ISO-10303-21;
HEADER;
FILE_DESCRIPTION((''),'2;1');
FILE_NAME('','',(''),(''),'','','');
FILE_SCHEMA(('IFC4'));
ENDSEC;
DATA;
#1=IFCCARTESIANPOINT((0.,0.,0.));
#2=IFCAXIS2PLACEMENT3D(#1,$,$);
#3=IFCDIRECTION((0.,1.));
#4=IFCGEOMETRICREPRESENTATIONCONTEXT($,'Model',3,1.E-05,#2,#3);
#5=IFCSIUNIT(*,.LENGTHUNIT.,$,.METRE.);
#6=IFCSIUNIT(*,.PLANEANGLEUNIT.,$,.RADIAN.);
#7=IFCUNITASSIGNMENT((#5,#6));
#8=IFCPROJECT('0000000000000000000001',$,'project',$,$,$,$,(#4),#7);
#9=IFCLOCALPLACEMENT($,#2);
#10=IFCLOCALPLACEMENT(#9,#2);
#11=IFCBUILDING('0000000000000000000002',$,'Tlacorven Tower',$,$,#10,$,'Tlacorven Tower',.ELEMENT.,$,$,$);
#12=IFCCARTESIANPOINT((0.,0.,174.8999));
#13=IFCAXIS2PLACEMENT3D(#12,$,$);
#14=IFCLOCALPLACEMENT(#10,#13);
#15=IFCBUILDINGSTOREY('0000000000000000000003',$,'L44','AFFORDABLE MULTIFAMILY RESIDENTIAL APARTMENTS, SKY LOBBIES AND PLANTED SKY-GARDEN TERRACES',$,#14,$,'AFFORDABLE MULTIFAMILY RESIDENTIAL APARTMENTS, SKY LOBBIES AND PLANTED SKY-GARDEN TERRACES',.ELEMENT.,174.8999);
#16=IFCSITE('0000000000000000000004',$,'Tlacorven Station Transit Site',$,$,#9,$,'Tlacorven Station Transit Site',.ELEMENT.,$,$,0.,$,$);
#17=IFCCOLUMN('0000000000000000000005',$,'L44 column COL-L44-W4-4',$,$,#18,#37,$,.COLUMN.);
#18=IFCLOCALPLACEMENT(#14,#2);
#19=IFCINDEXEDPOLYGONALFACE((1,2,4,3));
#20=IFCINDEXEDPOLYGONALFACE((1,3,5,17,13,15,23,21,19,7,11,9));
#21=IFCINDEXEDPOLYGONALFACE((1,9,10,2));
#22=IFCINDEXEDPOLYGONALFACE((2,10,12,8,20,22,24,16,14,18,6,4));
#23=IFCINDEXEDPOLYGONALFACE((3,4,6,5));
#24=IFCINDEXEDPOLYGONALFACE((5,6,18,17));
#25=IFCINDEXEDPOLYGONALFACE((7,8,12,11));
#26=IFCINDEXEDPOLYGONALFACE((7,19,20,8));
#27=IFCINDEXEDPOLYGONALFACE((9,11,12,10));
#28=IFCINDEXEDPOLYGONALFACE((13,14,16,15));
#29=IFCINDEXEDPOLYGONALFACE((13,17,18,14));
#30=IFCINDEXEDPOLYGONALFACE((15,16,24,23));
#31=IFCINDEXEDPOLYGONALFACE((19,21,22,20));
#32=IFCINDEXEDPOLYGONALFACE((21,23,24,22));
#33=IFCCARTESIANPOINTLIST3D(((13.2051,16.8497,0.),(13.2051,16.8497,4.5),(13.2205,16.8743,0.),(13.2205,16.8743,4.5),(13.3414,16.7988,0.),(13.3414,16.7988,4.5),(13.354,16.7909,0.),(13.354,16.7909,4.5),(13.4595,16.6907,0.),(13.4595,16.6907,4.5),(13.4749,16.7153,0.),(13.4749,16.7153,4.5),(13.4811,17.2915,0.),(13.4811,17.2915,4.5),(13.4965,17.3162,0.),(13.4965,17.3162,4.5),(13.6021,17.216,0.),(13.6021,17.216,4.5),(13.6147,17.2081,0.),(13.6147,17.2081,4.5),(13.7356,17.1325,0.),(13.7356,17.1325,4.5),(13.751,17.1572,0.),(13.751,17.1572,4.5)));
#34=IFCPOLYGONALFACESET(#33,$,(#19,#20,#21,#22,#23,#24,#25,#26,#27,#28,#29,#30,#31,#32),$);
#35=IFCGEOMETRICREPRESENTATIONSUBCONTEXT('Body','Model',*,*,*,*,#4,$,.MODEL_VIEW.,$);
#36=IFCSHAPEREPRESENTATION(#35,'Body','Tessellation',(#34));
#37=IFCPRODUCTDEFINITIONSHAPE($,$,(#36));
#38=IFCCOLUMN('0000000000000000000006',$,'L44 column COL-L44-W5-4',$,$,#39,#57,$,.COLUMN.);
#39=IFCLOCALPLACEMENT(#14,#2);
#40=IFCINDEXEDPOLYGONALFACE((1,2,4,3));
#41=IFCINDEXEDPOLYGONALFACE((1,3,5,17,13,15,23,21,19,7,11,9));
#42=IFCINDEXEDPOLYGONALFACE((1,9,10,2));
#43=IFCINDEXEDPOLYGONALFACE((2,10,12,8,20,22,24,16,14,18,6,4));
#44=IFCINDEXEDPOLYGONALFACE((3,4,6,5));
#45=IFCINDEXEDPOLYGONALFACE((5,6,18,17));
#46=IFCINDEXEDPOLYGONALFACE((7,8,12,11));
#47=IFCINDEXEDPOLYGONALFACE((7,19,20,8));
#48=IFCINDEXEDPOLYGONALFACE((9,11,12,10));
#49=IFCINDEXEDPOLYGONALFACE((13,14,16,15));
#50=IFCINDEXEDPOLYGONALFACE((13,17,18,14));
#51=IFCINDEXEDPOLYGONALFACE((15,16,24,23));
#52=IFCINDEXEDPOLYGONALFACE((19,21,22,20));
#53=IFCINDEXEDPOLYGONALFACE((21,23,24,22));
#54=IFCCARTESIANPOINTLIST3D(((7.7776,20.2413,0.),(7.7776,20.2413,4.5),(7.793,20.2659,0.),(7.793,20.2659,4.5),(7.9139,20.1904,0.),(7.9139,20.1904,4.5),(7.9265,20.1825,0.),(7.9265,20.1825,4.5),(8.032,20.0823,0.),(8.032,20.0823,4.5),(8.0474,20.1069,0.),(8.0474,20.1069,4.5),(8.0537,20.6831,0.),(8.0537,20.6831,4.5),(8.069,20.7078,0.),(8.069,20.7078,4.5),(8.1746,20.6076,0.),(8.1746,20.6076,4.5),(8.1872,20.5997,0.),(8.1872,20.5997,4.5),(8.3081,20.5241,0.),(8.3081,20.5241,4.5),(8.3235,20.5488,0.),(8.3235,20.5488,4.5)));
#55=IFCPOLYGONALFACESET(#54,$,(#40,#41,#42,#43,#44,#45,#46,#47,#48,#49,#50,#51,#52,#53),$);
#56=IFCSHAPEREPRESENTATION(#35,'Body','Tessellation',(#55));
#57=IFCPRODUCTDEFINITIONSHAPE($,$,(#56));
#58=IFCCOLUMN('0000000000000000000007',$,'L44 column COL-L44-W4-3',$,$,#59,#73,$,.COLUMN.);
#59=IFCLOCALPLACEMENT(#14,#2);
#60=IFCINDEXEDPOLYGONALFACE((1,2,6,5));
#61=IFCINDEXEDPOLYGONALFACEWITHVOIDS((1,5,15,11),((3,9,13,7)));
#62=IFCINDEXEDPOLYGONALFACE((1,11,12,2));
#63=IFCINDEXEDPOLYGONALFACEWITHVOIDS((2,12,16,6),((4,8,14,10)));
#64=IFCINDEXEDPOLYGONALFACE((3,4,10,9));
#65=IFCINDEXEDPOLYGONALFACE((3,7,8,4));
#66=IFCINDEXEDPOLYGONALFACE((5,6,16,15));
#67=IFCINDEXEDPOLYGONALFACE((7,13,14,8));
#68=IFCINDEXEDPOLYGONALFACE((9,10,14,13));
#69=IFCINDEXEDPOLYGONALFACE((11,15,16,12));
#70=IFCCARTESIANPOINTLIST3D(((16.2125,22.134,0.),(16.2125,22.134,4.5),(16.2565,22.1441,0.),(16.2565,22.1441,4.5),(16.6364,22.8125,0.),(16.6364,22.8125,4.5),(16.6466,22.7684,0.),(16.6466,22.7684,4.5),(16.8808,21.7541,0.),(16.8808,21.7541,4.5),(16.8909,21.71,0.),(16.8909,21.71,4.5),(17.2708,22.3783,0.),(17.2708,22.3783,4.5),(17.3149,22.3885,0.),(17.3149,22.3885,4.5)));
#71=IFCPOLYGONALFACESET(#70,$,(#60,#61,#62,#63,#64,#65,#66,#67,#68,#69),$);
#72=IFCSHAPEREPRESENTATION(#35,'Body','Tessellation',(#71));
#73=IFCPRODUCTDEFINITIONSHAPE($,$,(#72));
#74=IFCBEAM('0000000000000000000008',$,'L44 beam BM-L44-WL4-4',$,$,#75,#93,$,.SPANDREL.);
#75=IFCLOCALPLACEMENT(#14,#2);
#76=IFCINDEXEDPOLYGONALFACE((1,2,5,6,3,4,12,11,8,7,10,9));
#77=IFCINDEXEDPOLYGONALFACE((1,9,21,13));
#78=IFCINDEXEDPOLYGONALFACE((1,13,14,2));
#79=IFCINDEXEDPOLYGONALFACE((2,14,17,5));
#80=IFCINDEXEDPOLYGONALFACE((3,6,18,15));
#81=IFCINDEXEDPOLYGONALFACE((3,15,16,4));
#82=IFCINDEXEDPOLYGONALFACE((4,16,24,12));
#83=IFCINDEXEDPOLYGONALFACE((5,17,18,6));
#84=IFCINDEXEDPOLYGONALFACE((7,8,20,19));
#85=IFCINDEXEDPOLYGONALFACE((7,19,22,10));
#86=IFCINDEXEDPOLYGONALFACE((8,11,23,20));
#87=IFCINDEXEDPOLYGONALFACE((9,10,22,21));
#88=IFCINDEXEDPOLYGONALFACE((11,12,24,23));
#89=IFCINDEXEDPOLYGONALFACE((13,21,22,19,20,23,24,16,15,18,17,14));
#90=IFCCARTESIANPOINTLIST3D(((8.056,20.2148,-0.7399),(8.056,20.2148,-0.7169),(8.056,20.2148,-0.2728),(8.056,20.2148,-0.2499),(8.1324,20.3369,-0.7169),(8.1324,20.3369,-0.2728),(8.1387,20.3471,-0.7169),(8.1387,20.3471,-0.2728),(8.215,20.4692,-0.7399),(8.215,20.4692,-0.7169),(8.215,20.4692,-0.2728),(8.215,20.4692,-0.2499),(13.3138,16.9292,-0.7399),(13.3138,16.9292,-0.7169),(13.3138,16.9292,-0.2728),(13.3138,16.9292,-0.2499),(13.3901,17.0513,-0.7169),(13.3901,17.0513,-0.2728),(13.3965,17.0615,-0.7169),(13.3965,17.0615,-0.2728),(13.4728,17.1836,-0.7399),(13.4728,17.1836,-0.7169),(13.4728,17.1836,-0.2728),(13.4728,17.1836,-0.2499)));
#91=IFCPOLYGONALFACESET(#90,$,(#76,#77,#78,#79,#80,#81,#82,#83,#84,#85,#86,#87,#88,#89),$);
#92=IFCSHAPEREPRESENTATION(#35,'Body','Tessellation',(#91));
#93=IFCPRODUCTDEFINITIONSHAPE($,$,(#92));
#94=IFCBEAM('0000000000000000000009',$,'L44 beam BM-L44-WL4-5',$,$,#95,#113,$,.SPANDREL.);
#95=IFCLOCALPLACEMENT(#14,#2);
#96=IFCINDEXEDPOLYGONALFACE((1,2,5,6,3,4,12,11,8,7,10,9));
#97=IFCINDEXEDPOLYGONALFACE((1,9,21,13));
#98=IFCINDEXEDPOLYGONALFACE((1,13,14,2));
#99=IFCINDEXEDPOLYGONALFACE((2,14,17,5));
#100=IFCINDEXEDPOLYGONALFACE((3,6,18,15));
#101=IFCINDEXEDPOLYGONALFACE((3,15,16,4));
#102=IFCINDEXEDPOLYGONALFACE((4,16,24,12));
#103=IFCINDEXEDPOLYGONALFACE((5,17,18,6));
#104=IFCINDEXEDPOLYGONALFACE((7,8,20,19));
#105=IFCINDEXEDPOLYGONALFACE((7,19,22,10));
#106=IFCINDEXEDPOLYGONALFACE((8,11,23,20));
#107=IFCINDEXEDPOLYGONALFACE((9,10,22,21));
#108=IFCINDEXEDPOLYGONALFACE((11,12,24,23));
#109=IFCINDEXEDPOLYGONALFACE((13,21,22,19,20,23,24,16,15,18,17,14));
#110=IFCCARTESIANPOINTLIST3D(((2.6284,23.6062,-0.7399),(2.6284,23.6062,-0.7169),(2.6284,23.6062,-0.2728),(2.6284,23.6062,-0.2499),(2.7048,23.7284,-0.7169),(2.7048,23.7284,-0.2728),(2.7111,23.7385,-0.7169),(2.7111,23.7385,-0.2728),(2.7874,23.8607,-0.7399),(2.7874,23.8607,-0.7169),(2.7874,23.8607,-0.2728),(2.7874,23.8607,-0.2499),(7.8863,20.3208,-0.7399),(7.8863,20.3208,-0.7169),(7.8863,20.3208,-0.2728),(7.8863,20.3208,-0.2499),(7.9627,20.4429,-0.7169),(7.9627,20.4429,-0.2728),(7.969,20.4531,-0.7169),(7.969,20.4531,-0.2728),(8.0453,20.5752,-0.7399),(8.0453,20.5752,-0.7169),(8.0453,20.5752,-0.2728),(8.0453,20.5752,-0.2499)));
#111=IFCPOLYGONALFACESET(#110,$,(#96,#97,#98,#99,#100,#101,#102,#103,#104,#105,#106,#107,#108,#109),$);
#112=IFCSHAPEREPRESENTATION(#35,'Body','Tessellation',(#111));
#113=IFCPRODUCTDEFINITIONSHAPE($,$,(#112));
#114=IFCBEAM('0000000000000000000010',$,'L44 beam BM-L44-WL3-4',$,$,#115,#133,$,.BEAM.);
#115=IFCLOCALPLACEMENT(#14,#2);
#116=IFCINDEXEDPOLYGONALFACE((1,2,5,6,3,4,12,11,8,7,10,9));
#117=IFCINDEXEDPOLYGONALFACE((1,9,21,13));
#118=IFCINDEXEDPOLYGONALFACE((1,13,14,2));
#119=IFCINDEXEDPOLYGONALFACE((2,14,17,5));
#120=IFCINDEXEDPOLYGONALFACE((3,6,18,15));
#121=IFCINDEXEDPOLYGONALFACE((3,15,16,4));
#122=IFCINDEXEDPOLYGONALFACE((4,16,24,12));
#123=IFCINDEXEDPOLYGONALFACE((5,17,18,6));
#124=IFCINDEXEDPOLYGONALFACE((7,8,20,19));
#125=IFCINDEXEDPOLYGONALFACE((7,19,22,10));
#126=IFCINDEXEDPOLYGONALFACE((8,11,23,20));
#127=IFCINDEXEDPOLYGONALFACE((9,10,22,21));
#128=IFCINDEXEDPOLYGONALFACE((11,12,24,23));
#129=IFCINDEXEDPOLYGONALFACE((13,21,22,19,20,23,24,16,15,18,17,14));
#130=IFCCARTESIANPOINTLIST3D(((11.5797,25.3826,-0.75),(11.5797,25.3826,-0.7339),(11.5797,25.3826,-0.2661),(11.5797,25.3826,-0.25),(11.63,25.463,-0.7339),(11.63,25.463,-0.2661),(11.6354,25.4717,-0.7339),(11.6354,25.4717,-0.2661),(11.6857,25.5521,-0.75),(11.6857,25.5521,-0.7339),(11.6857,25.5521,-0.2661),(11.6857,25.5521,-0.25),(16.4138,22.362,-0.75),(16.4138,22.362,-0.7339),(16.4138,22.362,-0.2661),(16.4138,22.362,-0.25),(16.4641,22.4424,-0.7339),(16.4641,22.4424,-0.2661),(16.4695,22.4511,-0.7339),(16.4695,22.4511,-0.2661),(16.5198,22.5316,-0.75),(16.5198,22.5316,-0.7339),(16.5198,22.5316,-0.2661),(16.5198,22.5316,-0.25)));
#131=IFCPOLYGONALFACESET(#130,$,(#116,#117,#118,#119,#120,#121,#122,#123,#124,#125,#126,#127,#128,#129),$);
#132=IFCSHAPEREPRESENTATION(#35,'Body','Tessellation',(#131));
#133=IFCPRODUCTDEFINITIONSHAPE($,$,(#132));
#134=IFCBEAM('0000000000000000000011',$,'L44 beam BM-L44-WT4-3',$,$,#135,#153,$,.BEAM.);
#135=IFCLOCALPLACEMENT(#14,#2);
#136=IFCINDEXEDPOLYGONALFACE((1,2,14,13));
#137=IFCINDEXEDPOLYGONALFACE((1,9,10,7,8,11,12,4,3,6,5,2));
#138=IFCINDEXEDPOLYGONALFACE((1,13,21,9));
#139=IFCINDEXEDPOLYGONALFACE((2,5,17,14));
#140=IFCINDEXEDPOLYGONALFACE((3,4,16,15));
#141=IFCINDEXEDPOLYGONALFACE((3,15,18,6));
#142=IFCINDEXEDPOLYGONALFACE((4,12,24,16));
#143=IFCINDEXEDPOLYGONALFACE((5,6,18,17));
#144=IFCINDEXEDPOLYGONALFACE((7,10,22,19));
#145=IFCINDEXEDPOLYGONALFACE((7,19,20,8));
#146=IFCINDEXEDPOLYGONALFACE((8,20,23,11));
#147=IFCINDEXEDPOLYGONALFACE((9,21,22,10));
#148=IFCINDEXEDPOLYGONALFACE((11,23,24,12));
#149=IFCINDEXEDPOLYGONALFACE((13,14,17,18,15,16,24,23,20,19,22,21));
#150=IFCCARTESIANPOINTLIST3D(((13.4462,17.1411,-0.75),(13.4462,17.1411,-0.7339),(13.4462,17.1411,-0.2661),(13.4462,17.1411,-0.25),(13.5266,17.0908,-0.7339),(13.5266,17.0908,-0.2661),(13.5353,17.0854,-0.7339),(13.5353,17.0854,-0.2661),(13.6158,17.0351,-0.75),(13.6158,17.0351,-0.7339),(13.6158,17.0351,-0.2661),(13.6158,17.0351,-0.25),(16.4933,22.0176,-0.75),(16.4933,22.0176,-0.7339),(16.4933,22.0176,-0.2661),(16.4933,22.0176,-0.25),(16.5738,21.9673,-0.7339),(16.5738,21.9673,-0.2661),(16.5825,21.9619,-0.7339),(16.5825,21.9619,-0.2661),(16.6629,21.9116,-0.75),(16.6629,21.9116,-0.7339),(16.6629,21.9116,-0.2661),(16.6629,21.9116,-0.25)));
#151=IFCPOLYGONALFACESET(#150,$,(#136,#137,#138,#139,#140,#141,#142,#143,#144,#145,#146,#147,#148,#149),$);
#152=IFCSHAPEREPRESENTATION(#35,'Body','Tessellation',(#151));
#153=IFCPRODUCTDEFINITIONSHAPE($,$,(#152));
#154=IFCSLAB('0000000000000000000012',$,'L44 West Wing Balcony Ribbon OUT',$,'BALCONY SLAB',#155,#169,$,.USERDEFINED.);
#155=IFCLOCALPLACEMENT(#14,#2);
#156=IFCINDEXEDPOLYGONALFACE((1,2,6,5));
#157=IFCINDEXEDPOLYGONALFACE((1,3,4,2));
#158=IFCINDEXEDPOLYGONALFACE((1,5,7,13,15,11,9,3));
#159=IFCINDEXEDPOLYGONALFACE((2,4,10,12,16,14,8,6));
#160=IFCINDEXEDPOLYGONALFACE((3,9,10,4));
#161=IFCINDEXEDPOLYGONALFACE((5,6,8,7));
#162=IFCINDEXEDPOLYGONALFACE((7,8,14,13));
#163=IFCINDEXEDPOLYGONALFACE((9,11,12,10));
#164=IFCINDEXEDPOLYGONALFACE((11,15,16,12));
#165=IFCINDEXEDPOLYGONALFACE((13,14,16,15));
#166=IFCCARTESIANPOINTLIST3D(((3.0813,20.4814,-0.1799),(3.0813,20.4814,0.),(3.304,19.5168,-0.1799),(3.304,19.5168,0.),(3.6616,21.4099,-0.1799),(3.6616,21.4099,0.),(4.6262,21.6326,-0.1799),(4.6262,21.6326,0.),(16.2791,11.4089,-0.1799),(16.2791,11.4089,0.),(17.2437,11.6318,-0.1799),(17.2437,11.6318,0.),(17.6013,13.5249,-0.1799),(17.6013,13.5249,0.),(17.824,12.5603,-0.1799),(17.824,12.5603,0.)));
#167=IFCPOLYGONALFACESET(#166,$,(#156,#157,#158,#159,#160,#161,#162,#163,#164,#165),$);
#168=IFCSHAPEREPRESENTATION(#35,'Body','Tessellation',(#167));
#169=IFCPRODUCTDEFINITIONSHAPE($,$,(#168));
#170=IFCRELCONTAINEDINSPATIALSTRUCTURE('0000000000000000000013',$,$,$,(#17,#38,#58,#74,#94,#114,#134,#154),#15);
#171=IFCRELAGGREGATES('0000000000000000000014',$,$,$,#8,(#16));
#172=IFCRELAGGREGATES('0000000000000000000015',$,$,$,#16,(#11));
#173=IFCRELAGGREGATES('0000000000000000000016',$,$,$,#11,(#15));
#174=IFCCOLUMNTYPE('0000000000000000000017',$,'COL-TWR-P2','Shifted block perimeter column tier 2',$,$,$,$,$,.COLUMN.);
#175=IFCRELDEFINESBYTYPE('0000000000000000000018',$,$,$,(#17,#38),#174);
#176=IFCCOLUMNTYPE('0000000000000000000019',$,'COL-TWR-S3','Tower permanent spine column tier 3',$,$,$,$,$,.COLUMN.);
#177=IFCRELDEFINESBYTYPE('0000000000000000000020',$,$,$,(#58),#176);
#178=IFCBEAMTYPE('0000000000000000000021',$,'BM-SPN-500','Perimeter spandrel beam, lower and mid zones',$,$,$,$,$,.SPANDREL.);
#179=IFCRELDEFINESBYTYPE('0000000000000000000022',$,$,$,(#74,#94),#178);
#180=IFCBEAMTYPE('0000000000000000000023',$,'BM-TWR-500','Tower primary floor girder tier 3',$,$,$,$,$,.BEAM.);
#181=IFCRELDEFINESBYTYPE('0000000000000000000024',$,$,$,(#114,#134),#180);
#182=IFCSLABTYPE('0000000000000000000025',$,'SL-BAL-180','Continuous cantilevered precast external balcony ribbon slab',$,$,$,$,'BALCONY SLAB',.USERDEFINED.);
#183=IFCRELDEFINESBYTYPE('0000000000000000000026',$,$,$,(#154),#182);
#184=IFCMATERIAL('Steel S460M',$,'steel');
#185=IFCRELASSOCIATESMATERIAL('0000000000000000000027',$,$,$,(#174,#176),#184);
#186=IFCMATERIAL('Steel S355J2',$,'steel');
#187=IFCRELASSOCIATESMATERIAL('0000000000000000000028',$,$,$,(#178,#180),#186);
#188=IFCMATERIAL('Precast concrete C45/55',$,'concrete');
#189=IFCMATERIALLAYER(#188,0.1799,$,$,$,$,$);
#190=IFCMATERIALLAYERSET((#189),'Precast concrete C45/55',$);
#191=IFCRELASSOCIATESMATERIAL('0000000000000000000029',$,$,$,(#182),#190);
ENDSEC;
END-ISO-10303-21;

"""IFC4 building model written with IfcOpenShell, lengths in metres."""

from ifc_helpers import new_model, si_unit, direction, frame, origin, origin_2d, place, context, subcontext, project, spatial, polyline, hollow_rectangle, i_section, outline, extrude, source, transform, mapped, material, layer, layer_set, material_profile, profile_set, type_object, element, save


model = new_model("IFC4")

# Units and contexts
model_context = context("Model", 3, precision=1e-05, world=origin(), true_north=direction((0.0, 1.0)))
body_context = subcontext(model_context, "Body", "Model", "MODEL_VIEW")
ifc_project = project(units=[si_unit("LENGTHUNIT", "METRE"), si_unit("PLANEANGLEUNIT", "RADIAN")], contexts=[model_context])

# Site, building, storey
site_placement = place(None, origin())
site = spatial("IfcSite", under=ifc_project, at=site_placement, Name="Tlacorven Station Transit Site", LongName="Tlacorven Station Transit Site", CompositionType="ELEMENT", RefElevation=0.0)
building_placement = place(site_placement, origin())
building = spatial("IfcBuilding", under=site, at=building_placement, Name="Tlacorven Tower", LongName="Tlacorven Tower", CompositionType="ELEMENT")
storey_placement = place(building_placement, frame((0.0, 0.0, 174.8999)))
storey = spatial("IfcBuildingStorey", under=building, at=storey_placement, Name="L44", Description="AFFORDABLE MULTIFAMILY RESIDENTIAL APARTMENTS, SKY LOBBIES AND PLANTED SKY-GARDEN TERRACES", LongName="AFFORDABLE MULTIFAMILY RESIDENTIAL APARTMENTS, SKY LOBBIES AND PLANTED SKY-GARDEN TERRACES", CompositionType="ELEMENT", Elevation=174.8999)

# Columns
ifc_material_1 = material(Name="Steel S460M", Category="steel")
ifc_material_profile_1 = material_profile(ifc_material_1, i_section(OverallWidth=0.3, OverallDepth=0.55, WebThickness=0.0149, FlangeThickness=0.0291, at=origin_2d()), Name="HEB 550")
ifc_profile_set_1 = profile_set([ifc_material_profile_1], Name="Steel S460M")
column_type_1 = type_object("IfcColumnType", Name="COL-TWR-P2", Description="Shifted block perimeter column tier 2", PredefinedType="COLUMN", material=ifc_profile_set_1)
shared_shape_1 = source(origin(), body_context, "Body", "SweptSolid", [
    extrude(i_section(OverallWidth=0.3, OverallDepth=0.55, WebThickness=0.0149, FlangeThickness=0.0291, at=origin_2d()), origin(), (0.0, 0.0, 1.0), 4.5),
])
for number, where, z_axis, x_axis, name in (
    (1, (13.478, 17.0034, 0.0), (0.0, 0.0, 1.0), (-0.848048, 0.529919, 0.0), "L44 column COL-L44-W4-4"),
    (2, (8.0505, 20.395, 0.0), (0.0, 0.0, 1.0), (-0.848048, 0.529919, 0.0), "L44 column COL-L44-W5-4"),
):
    element("IfcColumn", number, at=place(storey_placement, frame(where, z_axis=z_axis, x_axis=x_axis)), inside=storey, type_object=column_type_1, Name=name, PredefinedType="COLUMN", context=body_context, shape_type="MappedRepresentation", body=[
        mapped(shared_shape_1, transform((0.0, 0.0, 0.0), scale=1.0)),
    ])
ifc_material_profile_2 = material_profile(ifc_material_1, hollow_rectangle(XDim=0.8, YDim=0.8, WallThickness=0.032, at=origin_2d()), Name="BOX 800X800X32")
ifc_profile_set_2 = profile_set([ifc_material_profile_2], Name="Steel S460M")
column_type_2 = type_object("IfcColumnType", Name="COL-TWR-S3", Description="Tower permanent spine column tier 3", PredefinedType="COLUMN", material=ifc_profile_set_2)
shared_shape_2 = source(origin(), body_context, "Body", "SweptSolid", [
    extrude(hollow_rectangle(XDim=0.8, YDim=0.8, WallThickness=0.032, at=origin_2d()), origin(), (0.0, 0.0, 1.0), 4.5),
])
column_placement = place(storey_placement, frame((16.7637, 22.2612, 0.0), z_axis=(0.0, 0.0, 1.0), x_axis=(-0.848048, 0.529919, 0.0)))
element("IfcColumn", 3, at=column_placement, inside=storey, type_object=column_type_2, Name="L44 column COL-L44-W4-3", PredefinedType="COLUMN", context=body_context, shape_type="MappedRepresentation", body=[
    mapped(shared_shape_2, transform((0.0, 0.0, 0.0), scale=1.0)),
])

# Beams
ifc_material_2 = material(Name="Steel S355J2", Category="steel")
ifc_material_profile_3 = material_profile(ifc_material_2, i_section(OverallWidth=0.3, OverallDepth=0.49, WebThickness=0.012, FlangeThickness=0.0229, at=origin_2d()), Name="HEA 500")
ifc_profile_set_3 = profile_set([ifc_material_profile_3], Name="Steel S355J2")
beam_type_1 = type_object("IfcBeamType", Name="BM-SPN-500", Description="Perimeter spandrel beam, lower and mid zones", PredefinedType="SPANDREL", material=ifc_profile_set_3)
shared_shape_3 = source(origin(), body_context, "Body", "SweptSolid", [
    extrude(i_section(OverallWidth=0.3, OverallDepth=0.49, WebThickness=0.012, FlangeThickness=0.0229, at=origin_2d()), origin(), (0.0, 0.0, 1.0), 6.2),
])
for number, where, z_axis, x_axis, name in (
    (4, (13.3933, 17.0564, -0.4949), (-0.848034, 0.529942, 0.0), (-0.529942, -0.848034, 0.0), "L44 beam BM-L44-WL4-4"),
    (5, (7.9658, 20.448, -0.4949), (-0.848051, 0.529914, 0.0), (-0.529914, -0.848051, 0.0), "L44 beam BM-L44-WL4-5"),
):
    element("IfcBeam", number, at=place(storey_placement, frame(where, z_axis=z_axis, x_axis=x_axis)), inside=storey, type_object=beam_type_1, Name=name, PredefinedType="SPANDREL", context=body_context, shape_type="MappedRepresentation", body=[
        mapped(shared_shape_3, transform((0.0, 0.0, 0.0), scale=1.0)),
    ])
ifc_material_profile_4 = material_profile(ifc_material_2, i_section(OverallWidth=0.2, OverallDepth=0.5, WebThickness=0.0103, FlangeThickness=0.0161, at=origin_2d()), Name="IPE 500")
ifc_profile_set_4 = profile_set([ifc_material_profile_4], Name="Steel S355J2")
beam_type_2 = type_object("IfcBeamType", Name="BM-TWR-500", Description="Tower primary floor girder tier 3", PredefinedType="BEAM", material=ifc_profile_set_4)
shared_shape_4 = source(origin(), body_context, "Body", "SweptSolid", [
    extrude(i_section(OverallWidth=0.2, OverallDepth=0.5, WebThickness=0.0103, FlangeThickness=0.0161, at=origin_2d()), origin(), (0.0, 0.0, 1.0), 5.7002),
])
beam_1_placement = place(storey_placement, frame((16.4668, 22.4468, -0.5), z_axis=(-0.848056, 0.529907, 0.0), x_axis=(-0.529907, -0.848056, 0.0)))
element("IfcBeam", 6, at=beam_1_placement, inside=storey, type_object=beam_type_2, Name="L44 beam BM-L44-WL3-4", PredefinedType="BEAM", context=body_context, shape_type="MappedRepresentation", body=[
    mapped(shared_shape_4, transform((0.0, 0.0, 0.0), scale=1.0)),
])
shared_shape_5 = source(origin(), body_context, "Body", "SweptSolid", [
    extrude(i_section(OverallWidth=0.2, OverallDepth=0.5, WebThickness=0.0103, FlangeThickness=0.0161, at=origin_2d()), origin(), (0.0, 0.0, 1.0), 5.7502),
])
beam_2_placement = place(storey_placement, frame((16.5781, 21.9646, -0.5), z_axis=(-0.529915, -0.848051, 0.0), x_axis=(0.848051, -0.529915, 0.0)))
element("IfcBeam", 7, at=beam_2_placement, inside=storey, type_object=beam_type_2, Name="L44 beam BM-L44-WT4-3", PredefinedType="BEAM", context=body_context, shape_type="MappedRepresentation", body=[
    mapped(shared_shape_5, transform((0.0, 0.0, 0.0), scale=1.0)),
])

# Slab
ifc_material_3 = material(Name="Precast concrete C45/55", Category="concrete")
ifc_layer_1 = layer(ifc_material_3, 0.1799)
ifc_layer_set_1 = layer_set([ifc_layer_1], Name="Precast concrete C45/55")
slab_type_1 = type_object("IfcSlabType", Name="SL-BAL-180", Description="Continuous cantilevered precast external balcony ribbon slab", ElementType="BALCONY SLAB", PredefinedType="USERDEFINED", material=ifc_layer_set_1)
slab_1_placement = place(storey_placement, frame((0.0, 0.0, -0.1799)))
element("IfcSlab", 8, at=slab_1_placement, inside=storey, type_object=slab_type_1, Name="L44 West Wing Balcony Ribbon OUT", ObjectType="BALCONY SLAB", PredefinedType="USERDEFINED", context=body_context, shape_type="SweptSolid", body=[
    extrude(outline(polyline([(17.6013, 13.5249), (4.6262, 21.6326), (3.6616, 21.4099), (3.0813, 20.4814), (3.304, 19.5168), (16.2791, 11.4089), (17.2437, 11.6318), (17.824, 12.5603), (17.6013, 13.5249)])), origin(), (0.0, 0.0, 1.0), 0.1799),
])

save(model, "model.ifc")
